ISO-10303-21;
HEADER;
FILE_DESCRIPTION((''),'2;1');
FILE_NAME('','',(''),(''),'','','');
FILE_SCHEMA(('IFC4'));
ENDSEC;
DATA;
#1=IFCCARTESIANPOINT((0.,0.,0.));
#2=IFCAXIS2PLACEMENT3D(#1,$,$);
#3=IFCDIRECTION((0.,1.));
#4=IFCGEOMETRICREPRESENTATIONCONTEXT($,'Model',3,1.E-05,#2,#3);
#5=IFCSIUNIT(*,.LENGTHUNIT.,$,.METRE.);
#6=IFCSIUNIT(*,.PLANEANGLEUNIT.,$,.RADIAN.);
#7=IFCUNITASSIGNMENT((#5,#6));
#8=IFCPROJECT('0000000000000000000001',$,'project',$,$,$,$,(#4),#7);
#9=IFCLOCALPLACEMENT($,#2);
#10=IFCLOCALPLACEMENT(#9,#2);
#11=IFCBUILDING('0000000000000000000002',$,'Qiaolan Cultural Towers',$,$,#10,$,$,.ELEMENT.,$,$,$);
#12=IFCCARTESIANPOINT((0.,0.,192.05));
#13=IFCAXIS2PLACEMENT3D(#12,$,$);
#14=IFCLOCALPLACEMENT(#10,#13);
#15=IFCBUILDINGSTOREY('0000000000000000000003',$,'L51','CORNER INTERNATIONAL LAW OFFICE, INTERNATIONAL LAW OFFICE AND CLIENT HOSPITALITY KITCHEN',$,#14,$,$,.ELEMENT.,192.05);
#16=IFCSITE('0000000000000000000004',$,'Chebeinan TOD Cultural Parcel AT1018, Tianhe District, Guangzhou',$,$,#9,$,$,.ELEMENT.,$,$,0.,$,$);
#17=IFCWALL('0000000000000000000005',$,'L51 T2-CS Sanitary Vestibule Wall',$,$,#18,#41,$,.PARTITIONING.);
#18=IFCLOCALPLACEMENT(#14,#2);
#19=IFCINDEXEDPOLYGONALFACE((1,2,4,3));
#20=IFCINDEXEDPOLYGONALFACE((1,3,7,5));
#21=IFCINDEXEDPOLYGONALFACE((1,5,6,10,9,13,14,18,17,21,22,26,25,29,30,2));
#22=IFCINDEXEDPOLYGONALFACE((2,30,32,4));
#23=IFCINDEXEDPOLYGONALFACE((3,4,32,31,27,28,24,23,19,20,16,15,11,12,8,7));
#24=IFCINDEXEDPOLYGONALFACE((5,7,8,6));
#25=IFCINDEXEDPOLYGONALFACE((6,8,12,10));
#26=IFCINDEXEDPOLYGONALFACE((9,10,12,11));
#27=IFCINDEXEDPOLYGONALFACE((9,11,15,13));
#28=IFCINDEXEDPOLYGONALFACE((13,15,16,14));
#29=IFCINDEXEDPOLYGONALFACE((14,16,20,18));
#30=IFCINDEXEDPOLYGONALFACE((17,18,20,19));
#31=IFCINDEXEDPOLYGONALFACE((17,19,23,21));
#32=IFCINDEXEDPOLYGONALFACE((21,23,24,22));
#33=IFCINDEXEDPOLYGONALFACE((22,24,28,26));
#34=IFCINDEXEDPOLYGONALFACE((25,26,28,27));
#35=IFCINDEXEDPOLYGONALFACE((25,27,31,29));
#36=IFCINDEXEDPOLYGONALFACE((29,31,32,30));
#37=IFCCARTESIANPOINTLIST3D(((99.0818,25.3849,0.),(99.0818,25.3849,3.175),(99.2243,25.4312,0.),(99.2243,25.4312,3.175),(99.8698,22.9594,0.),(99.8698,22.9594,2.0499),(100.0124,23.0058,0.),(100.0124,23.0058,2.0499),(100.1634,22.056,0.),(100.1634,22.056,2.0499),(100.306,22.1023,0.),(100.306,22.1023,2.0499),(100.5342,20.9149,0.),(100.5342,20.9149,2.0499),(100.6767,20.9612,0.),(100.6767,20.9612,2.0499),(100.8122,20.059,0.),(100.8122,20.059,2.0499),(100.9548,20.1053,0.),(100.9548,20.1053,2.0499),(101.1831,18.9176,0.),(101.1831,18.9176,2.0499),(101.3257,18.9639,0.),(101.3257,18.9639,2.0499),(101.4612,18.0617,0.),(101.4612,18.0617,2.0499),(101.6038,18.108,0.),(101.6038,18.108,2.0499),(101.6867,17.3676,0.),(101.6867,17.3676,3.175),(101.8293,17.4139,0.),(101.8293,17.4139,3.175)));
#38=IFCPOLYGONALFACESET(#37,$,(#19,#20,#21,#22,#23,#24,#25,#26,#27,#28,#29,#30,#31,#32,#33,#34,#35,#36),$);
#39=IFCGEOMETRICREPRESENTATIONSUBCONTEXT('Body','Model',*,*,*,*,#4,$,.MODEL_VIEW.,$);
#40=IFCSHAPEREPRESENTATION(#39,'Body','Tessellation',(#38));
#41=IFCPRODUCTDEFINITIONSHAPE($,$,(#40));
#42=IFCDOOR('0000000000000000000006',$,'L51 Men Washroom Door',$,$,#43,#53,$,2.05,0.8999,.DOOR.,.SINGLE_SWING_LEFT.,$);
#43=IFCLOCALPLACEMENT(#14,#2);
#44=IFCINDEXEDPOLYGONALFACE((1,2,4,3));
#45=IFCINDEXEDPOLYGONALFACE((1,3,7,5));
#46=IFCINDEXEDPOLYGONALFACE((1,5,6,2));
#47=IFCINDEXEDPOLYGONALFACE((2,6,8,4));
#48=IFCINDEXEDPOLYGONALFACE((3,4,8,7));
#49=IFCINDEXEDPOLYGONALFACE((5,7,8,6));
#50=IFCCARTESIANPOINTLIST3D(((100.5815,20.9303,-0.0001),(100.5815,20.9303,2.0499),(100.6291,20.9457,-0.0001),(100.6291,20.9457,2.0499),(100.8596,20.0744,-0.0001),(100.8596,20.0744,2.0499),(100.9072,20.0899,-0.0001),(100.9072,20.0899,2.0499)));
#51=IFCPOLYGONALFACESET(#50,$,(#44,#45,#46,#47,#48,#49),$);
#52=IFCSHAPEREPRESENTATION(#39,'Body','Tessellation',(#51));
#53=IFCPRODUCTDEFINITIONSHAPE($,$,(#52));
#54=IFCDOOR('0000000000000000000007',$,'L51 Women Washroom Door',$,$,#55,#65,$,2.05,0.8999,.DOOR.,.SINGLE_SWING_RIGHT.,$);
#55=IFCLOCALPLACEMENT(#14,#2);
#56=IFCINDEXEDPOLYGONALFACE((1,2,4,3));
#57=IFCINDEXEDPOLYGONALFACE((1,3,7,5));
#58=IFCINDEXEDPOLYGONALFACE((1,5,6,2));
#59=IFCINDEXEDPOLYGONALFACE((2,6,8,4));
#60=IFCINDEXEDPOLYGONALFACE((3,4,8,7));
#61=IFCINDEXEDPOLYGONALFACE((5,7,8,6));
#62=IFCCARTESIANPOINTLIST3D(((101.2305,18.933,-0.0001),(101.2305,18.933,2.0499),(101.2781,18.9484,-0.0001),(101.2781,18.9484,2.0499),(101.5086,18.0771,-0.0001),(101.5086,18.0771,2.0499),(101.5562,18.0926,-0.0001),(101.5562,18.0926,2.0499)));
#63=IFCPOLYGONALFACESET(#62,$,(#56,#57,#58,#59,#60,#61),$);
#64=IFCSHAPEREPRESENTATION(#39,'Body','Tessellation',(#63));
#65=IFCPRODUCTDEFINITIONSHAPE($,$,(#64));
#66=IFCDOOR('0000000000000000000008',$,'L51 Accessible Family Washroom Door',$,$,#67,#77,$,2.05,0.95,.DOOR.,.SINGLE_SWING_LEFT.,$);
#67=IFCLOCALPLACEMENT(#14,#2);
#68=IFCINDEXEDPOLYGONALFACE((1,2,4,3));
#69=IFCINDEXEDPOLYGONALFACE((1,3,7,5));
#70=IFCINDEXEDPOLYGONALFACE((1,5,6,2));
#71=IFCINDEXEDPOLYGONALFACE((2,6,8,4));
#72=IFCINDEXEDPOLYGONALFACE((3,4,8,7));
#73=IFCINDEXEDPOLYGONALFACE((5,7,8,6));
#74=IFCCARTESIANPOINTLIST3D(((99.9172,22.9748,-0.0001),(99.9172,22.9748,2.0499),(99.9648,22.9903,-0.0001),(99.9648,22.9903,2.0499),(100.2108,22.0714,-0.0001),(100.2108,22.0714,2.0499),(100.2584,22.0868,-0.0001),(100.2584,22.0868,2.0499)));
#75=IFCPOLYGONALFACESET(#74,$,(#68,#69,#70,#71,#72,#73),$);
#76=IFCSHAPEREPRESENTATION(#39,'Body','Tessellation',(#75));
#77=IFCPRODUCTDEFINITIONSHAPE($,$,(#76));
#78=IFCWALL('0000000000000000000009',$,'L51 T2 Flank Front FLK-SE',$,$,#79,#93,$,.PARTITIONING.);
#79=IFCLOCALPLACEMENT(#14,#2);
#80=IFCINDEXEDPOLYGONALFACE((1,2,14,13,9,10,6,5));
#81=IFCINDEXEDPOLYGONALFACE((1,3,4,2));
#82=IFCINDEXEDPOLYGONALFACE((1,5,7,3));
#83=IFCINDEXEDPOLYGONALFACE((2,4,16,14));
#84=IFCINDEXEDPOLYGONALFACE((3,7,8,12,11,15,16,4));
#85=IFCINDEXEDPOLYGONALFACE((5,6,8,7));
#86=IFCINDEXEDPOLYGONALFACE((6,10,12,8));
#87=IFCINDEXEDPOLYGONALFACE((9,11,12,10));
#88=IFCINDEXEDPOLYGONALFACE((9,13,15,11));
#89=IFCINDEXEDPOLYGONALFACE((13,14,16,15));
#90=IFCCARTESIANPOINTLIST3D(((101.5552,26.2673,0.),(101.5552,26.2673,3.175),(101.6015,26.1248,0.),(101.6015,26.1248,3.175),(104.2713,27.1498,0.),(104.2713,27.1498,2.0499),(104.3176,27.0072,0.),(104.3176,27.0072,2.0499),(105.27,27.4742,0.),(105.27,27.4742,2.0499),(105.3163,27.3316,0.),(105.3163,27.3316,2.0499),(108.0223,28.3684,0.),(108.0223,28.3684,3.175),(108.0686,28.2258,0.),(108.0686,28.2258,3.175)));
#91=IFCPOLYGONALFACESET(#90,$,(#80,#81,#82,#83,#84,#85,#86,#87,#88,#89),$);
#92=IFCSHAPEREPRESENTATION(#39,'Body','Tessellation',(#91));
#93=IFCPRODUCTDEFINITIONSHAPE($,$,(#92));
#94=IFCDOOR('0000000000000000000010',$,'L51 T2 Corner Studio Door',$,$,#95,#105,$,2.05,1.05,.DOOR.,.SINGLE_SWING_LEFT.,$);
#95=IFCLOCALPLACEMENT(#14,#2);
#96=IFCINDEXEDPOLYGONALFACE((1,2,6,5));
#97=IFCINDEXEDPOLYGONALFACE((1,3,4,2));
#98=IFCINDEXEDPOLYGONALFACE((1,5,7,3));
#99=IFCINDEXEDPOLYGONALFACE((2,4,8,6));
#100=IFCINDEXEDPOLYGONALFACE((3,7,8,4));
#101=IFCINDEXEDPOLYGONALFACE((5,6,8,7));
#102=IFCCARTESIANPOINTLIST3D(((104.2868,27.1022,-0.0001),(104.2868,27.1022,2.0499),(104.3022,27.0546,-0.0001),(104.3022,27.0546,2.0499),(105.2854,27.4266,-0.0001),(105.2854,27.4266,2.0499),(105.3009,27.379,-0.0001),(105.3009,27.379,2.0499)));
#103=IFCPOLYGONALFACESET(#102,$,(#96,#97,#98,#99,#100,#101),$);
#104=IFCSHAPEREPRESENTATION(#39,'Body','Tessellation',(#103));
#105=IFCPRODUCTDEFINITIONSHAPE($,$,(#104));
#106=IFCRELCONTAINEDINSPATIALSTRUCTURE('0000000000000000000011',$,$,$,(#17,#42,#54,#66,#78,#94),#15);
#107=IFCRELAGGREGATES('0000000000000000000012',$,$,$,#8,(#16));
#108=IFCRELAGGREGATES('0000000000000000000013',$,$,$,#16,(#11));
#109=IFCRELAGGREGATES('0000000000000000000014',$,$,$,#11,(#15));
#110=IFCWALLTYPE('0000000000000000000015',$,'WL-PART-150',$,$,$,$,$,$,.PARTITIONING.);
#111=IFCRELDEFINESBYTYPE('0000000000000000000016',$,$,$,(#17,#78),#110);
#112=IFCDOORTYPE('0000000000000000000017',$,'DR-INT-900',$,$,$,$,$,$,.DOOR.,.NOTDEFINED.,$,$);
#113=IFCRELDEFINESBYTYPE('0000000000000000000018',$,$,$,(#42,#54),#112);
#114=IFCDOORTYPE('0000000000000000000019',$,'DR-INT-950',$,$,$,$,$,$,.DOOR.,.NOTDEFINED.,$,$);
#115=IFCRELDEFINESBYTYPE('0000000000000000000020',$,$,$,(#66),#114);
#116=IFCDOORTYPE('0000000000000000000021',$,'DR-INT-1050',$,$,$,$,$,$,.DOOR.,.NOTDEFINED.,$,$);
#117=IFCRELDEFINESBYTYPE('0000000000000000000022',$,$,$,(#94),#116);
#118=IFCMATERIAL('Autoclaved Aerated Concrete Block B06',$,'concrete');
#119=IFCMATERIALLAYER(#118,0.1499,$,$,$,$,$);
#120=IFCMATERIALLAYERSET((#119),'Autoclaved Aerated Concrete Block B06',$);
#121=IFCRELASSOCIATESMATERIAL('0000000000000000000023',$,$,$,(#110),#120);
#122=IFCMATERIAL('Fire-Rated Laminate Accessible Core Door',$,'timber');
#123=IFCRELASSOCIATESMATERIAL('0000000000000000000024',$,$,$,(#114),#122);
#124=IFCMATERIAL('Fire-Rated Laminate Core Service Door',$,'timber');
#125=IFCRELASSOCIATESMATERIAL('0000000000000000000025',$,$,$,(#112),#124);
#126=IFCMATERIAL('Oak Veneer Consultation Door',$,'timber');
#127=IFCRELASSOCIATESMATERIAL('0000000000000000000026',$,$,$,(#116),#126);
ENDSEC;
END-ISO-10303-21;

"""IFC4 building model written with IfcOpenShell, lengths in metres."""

from ifc_helpers import new_model, si_unit, direction, frame, frame_2d, origin, place, context, subcontext, project, spatial, rectangle, extrude, material, layer, layer_set, type_object, element, fill, save


model = new_model("IFC4")

# Units and contexts
model_context = context("Model", 3, precision=1e-05, world=origin(), true_north=direction((0.0, 1.0)))
body_context = subcontext(model_context, "Body", "Model", "MODEL_VIEW")
ifc_project = project(units=[si_unit("LENGTHUNIT", "METRE"), si_unit("PLANEANGLEUNIT", "RADIAN")], contexts=[model_context])

# Site, building, storey
site_placement = place(None, origin())
site = spatial("IfcSite", under=ifc_project, at=site_placement, Name="Chebeinan TOD Cultural Parcel AT1018, Tianhe District, Guangzhou", CompositionType="ELEMENT", RefElevation=0.0)
building_placement = place(site_placement, origin())
building = spatial("IfcBuilding", under=site, at=building_placement, Name="Qiaolan Cultural Towers", CompositionType="ELEMENT")
storey_placement = place(building_placement, frame((0.0, 0.0, 192.05)))
storey = spatial("IfcBuildingStorey", under=building, at=storey_placement, Name="L51", Description="CORNER INTERNATIONAL LAW OFFICE, INTERNATIONAL LAW OFFICE AND CLIENT HOSPITALITY KITCHEN", CompositionType="ELEMENT", Elevation=192.05)

# Shared definitions
ifc_material_1 = material(Name="Autoclaved Aerated Concrete Block B06", Category="concrete")
ifc_layer_1 = layer(ifc_material_1, 0.1499)
ifc_layer_set_1 = layer_set([ifc_layer_1], Name="Autoclaved Aerated Concrete Block B06")
wall_type_1 = type_object("IfcWallType", Name="WL-PART-150", PredefinedType="PARTITIONING", material=ifc_layer_set_1)
ifc_material_2 = material(Name="Fire-Rated Laminate Accessible Core Door", Category="timber")
door_type_1 = type_object("IfcDoorType", Name="DR-INT-950", OperationType="NOTDEFINED", PredefinedType="DOOR", material=ifc_material_2)

# Wall, openings, doors
wall_1_placement = place(storey_placement, frame((99.1531, 25.408, 0.0), z_axis=(0.0, 0.0, 1.0), x_axis=(0.309016, -0.951057, 0.0)))
wall_1 = element("IfcWall", 1, at=wall_1_placement, inside=storey, type_object=wall_type_1, Name="L51 T2-CS Sanitary Vestibule Wall", PredefinedType="PARTITIONING", context=body_context, shape_type="SweptSolid", body=[
    extrude(rectangle(XDim=8.4299, YDim=0.1499, at=frame_2d((4.2148, 0.0))), origin(), (0.0, 0.0, 1.0), 3.175),
])
opening_1_placement = place(wall_1_placement, frame((2.55, 0.0, 0.0)))
opening_1 = element("IfcOpeningElement", 2, at=opening_1_placement, cuts=wall_1, PredefinedType="OPENING", context=body_context, shape_type="SweptSolid", body=[
    extrude(rectangle(XDim=0.95, YDim=2.05, at=frame_2d((0.4751, 1.0249))), frame((0.0, 0.085, 0.0), z_axis=(0.0, -1.0, 0.0), x_axis=(1.0, 0.0, 0.0)), (0.0, 0.0, 1.0), 0.1699),
])
opening_2_placement = place(wall_1_placement, frame((4.7, 0.0, 0.0)))
opening_2 = element("IfcOpeningElement", 3, at=opening_2_placement, cuts=wall_1, PredefinedType="OPENING", context=body_context, shape_type="SweptSolid", body=[
    extrude(rectangle(XDim=0.8999, YDim=2.05, at=frame_2d((0.45, 1.0249))), frame((0.0, 0.085, 0.0), z_axis=(0.0, -1.0, 0.0), x_axis=(1.0, 0.0, 0.0)), (0.0, 0.0, 1.0), 0.1699),
])
opening_3_placement = place(wall_1_placement, frame((6.8, 0.0, 0.0)))
opening_3 = element("IfcOpeningElement", 4, at=opening_3_placement, cuts=wall_1, PredefinedType="OPENING", context=body_context, shape_type="SweptSolid", body=[
    extrude(rectangle(XDim=0.8999, YDim=2.05, at=frame_2d((0.45, 1.0249))), frame((0.0, 0.085, 0.0), z_axis=(0.0, -1.0, 0.0), x_axis=(1.0, 0.0, 0.0)), (0.0, 0.0, 1.0), 0.1699),
])
ifc_material_3 = material(Name="Fire-Rated Laminate Core Service Door", Category="timber")
door_type_2 = type_object("IfcDoorType", Name="DR-INT-900", OperationType="NOTDEFINED", PredefinedType="DOOR", material=ifc_material_3)
door_1_placement = place(opening_2_placement, origin())
door_1 = element("IfcDoor", 5, at=door_1_placement, inside=storey, type_object=door_type_2, Name="L51 Men Washroom Door", OperationType="SINGLE_SWING_LEFT", OverallHeight=2.05, OverallWidth=0.8999, PredefinedType="DOOR", context=body_context, shape_type="SweptSolid", body=[
    extrude(rectangle(XDim=0.8999, YDim=2.05, at=frame_2d((0.45, 1.0249))), frame((0.0, 0.0249, 0.0), z_axis=(0.0, -1.0, 0.0), x_axis=(1.0, 0.0, 0.0)), (0.0, 0.0, 1.0), 0.05),
])
fill(opening_2, door_1)
door_2_placement = place(opening_3_placement, origin())
door_2 = element("IfcDoor", 6, at=door_2_placement, inside=storey, type_object=door_type_2, Name="L51 Women Washroom Door", OperationType="SINGLE_SWING_RIGHT", OverallHeight=2.05, OverallWidth=0.8999, PredefinedType="DOOR", context=body_context, shape_type="SweptSolid", body=[
    extrude(rectangle(XDim=0.8999, YDim=2.05, at=frame_2d((0.45, 1.0249))), frame((0.0, 0.0249, 0.0), z_axis=(0.0, -1.0, 0.0), x_axis=(1.0, 0.0, 0.0)), (0.0, 0.0, 1.0), 0.05),
])
fill(opening_3, door_2)
door_3_placement = place(opening_1_placement, origin())
door_3 = element("IfcDoor", 7, at=door_3_placement, inside=storey, type_object=door_type_1, Name="L51 Accessible Family Washroom Door", OperationType="SINGLE_SWING_LEFT", OverallHeight=2.05, OverallWidth=0.95, PredefinedType="DOOR", context=body_context, shape_type="SweptSolid", body=[
    extrude(rectangle(XDim=0.95, YDim=2.05, at=frame_2d((0.4751, 1.0249))), frame((0.0, 0.0249, 0.0), z_axis=(0.0, -1.0, 0.0), x_axis=(1.0, 0.0, 0.0)), (0.0, 0.0, 1.0), 0.05),
])
fill(opening_1, door_3)

# Wall, opening, door
wall_2_placement = place(storey_placement, frame((101.5784, 26.196, 0.0), z_axis=(0.0, 0.0, 1.0), x_axis=(0.951065, 0.308991, 0.0)))
wall_2 = element("IfcWall", 8, at=wall_2_placement, inside=storey, type_object=wall_type_1, Name="L51 T2 Flank Front FLK-SE", PredefinedType="PARTITIONING", context=body_context, shape_type="SweptSolid", body=[
    extrude(rectangle(XDim=6.7998, YDim=0.1499, at=frame_2d((3.3999, 0.0))), origin(), (0.0, 0.0, 1.0), 3.175),
])
opening_4_placement = place(wall_2_placement, frame((2.856, 0.0, 0.0)))
opening_4 = element("IfcOpeningElement", 9, at=opening_4_placement, cuts=wall_2, PredefinedType="OPENING", context=body_context, shape_type="SweptSolid", body=[
    extrude(rectangle(XDim=1.05, YDim=2.05, at=frame_2d((0.5249, 1.0249))), frame((0.0, 0.085, 0.0), z_axis=(0.0, -1.0, 0.0), x_axis=(1.0, 0.0, 0.0)), (0.0, 0.0, 1.0), 0.1699),
])
ifc_material_4 = material(Name="Oak Veneer Consultation Door", Category="timber")
door_type_3 = type_object("IfcDoorType", Name="DR-INT-1050", OperationType="NOTDEFINED", PredefinedType="DOOR", material=ifc_material_4)
door_4_placement = place(opening_4_placement, origin())
door_4 = element("IfcDoor", 10, at=door_4_placement, inside=storey, type_object=door_type_3, Name="L51 T2 Corner Studio Door", OperationType="SINGLE_SWING_LEFT", OverallHeight=2.05, OverallWidth=1.05, PredefinedType="DOOR", context=body_context, shape_type="SweptSolid", body=[
    extrude(rectangle(XDim=1.05, YDim=2.05, at=frame_2d((0.5249, 1.0249))), frame((0.0, 0.0249, 0.0), z_axis=(0.0, -1.0, 0.0), x_axis=(1.0, 0.0, 0.0)), (0.0, 0.0, 1.0), 0.05),
])
fill(opening_4, door_4)

save(model, "model.ifc")
